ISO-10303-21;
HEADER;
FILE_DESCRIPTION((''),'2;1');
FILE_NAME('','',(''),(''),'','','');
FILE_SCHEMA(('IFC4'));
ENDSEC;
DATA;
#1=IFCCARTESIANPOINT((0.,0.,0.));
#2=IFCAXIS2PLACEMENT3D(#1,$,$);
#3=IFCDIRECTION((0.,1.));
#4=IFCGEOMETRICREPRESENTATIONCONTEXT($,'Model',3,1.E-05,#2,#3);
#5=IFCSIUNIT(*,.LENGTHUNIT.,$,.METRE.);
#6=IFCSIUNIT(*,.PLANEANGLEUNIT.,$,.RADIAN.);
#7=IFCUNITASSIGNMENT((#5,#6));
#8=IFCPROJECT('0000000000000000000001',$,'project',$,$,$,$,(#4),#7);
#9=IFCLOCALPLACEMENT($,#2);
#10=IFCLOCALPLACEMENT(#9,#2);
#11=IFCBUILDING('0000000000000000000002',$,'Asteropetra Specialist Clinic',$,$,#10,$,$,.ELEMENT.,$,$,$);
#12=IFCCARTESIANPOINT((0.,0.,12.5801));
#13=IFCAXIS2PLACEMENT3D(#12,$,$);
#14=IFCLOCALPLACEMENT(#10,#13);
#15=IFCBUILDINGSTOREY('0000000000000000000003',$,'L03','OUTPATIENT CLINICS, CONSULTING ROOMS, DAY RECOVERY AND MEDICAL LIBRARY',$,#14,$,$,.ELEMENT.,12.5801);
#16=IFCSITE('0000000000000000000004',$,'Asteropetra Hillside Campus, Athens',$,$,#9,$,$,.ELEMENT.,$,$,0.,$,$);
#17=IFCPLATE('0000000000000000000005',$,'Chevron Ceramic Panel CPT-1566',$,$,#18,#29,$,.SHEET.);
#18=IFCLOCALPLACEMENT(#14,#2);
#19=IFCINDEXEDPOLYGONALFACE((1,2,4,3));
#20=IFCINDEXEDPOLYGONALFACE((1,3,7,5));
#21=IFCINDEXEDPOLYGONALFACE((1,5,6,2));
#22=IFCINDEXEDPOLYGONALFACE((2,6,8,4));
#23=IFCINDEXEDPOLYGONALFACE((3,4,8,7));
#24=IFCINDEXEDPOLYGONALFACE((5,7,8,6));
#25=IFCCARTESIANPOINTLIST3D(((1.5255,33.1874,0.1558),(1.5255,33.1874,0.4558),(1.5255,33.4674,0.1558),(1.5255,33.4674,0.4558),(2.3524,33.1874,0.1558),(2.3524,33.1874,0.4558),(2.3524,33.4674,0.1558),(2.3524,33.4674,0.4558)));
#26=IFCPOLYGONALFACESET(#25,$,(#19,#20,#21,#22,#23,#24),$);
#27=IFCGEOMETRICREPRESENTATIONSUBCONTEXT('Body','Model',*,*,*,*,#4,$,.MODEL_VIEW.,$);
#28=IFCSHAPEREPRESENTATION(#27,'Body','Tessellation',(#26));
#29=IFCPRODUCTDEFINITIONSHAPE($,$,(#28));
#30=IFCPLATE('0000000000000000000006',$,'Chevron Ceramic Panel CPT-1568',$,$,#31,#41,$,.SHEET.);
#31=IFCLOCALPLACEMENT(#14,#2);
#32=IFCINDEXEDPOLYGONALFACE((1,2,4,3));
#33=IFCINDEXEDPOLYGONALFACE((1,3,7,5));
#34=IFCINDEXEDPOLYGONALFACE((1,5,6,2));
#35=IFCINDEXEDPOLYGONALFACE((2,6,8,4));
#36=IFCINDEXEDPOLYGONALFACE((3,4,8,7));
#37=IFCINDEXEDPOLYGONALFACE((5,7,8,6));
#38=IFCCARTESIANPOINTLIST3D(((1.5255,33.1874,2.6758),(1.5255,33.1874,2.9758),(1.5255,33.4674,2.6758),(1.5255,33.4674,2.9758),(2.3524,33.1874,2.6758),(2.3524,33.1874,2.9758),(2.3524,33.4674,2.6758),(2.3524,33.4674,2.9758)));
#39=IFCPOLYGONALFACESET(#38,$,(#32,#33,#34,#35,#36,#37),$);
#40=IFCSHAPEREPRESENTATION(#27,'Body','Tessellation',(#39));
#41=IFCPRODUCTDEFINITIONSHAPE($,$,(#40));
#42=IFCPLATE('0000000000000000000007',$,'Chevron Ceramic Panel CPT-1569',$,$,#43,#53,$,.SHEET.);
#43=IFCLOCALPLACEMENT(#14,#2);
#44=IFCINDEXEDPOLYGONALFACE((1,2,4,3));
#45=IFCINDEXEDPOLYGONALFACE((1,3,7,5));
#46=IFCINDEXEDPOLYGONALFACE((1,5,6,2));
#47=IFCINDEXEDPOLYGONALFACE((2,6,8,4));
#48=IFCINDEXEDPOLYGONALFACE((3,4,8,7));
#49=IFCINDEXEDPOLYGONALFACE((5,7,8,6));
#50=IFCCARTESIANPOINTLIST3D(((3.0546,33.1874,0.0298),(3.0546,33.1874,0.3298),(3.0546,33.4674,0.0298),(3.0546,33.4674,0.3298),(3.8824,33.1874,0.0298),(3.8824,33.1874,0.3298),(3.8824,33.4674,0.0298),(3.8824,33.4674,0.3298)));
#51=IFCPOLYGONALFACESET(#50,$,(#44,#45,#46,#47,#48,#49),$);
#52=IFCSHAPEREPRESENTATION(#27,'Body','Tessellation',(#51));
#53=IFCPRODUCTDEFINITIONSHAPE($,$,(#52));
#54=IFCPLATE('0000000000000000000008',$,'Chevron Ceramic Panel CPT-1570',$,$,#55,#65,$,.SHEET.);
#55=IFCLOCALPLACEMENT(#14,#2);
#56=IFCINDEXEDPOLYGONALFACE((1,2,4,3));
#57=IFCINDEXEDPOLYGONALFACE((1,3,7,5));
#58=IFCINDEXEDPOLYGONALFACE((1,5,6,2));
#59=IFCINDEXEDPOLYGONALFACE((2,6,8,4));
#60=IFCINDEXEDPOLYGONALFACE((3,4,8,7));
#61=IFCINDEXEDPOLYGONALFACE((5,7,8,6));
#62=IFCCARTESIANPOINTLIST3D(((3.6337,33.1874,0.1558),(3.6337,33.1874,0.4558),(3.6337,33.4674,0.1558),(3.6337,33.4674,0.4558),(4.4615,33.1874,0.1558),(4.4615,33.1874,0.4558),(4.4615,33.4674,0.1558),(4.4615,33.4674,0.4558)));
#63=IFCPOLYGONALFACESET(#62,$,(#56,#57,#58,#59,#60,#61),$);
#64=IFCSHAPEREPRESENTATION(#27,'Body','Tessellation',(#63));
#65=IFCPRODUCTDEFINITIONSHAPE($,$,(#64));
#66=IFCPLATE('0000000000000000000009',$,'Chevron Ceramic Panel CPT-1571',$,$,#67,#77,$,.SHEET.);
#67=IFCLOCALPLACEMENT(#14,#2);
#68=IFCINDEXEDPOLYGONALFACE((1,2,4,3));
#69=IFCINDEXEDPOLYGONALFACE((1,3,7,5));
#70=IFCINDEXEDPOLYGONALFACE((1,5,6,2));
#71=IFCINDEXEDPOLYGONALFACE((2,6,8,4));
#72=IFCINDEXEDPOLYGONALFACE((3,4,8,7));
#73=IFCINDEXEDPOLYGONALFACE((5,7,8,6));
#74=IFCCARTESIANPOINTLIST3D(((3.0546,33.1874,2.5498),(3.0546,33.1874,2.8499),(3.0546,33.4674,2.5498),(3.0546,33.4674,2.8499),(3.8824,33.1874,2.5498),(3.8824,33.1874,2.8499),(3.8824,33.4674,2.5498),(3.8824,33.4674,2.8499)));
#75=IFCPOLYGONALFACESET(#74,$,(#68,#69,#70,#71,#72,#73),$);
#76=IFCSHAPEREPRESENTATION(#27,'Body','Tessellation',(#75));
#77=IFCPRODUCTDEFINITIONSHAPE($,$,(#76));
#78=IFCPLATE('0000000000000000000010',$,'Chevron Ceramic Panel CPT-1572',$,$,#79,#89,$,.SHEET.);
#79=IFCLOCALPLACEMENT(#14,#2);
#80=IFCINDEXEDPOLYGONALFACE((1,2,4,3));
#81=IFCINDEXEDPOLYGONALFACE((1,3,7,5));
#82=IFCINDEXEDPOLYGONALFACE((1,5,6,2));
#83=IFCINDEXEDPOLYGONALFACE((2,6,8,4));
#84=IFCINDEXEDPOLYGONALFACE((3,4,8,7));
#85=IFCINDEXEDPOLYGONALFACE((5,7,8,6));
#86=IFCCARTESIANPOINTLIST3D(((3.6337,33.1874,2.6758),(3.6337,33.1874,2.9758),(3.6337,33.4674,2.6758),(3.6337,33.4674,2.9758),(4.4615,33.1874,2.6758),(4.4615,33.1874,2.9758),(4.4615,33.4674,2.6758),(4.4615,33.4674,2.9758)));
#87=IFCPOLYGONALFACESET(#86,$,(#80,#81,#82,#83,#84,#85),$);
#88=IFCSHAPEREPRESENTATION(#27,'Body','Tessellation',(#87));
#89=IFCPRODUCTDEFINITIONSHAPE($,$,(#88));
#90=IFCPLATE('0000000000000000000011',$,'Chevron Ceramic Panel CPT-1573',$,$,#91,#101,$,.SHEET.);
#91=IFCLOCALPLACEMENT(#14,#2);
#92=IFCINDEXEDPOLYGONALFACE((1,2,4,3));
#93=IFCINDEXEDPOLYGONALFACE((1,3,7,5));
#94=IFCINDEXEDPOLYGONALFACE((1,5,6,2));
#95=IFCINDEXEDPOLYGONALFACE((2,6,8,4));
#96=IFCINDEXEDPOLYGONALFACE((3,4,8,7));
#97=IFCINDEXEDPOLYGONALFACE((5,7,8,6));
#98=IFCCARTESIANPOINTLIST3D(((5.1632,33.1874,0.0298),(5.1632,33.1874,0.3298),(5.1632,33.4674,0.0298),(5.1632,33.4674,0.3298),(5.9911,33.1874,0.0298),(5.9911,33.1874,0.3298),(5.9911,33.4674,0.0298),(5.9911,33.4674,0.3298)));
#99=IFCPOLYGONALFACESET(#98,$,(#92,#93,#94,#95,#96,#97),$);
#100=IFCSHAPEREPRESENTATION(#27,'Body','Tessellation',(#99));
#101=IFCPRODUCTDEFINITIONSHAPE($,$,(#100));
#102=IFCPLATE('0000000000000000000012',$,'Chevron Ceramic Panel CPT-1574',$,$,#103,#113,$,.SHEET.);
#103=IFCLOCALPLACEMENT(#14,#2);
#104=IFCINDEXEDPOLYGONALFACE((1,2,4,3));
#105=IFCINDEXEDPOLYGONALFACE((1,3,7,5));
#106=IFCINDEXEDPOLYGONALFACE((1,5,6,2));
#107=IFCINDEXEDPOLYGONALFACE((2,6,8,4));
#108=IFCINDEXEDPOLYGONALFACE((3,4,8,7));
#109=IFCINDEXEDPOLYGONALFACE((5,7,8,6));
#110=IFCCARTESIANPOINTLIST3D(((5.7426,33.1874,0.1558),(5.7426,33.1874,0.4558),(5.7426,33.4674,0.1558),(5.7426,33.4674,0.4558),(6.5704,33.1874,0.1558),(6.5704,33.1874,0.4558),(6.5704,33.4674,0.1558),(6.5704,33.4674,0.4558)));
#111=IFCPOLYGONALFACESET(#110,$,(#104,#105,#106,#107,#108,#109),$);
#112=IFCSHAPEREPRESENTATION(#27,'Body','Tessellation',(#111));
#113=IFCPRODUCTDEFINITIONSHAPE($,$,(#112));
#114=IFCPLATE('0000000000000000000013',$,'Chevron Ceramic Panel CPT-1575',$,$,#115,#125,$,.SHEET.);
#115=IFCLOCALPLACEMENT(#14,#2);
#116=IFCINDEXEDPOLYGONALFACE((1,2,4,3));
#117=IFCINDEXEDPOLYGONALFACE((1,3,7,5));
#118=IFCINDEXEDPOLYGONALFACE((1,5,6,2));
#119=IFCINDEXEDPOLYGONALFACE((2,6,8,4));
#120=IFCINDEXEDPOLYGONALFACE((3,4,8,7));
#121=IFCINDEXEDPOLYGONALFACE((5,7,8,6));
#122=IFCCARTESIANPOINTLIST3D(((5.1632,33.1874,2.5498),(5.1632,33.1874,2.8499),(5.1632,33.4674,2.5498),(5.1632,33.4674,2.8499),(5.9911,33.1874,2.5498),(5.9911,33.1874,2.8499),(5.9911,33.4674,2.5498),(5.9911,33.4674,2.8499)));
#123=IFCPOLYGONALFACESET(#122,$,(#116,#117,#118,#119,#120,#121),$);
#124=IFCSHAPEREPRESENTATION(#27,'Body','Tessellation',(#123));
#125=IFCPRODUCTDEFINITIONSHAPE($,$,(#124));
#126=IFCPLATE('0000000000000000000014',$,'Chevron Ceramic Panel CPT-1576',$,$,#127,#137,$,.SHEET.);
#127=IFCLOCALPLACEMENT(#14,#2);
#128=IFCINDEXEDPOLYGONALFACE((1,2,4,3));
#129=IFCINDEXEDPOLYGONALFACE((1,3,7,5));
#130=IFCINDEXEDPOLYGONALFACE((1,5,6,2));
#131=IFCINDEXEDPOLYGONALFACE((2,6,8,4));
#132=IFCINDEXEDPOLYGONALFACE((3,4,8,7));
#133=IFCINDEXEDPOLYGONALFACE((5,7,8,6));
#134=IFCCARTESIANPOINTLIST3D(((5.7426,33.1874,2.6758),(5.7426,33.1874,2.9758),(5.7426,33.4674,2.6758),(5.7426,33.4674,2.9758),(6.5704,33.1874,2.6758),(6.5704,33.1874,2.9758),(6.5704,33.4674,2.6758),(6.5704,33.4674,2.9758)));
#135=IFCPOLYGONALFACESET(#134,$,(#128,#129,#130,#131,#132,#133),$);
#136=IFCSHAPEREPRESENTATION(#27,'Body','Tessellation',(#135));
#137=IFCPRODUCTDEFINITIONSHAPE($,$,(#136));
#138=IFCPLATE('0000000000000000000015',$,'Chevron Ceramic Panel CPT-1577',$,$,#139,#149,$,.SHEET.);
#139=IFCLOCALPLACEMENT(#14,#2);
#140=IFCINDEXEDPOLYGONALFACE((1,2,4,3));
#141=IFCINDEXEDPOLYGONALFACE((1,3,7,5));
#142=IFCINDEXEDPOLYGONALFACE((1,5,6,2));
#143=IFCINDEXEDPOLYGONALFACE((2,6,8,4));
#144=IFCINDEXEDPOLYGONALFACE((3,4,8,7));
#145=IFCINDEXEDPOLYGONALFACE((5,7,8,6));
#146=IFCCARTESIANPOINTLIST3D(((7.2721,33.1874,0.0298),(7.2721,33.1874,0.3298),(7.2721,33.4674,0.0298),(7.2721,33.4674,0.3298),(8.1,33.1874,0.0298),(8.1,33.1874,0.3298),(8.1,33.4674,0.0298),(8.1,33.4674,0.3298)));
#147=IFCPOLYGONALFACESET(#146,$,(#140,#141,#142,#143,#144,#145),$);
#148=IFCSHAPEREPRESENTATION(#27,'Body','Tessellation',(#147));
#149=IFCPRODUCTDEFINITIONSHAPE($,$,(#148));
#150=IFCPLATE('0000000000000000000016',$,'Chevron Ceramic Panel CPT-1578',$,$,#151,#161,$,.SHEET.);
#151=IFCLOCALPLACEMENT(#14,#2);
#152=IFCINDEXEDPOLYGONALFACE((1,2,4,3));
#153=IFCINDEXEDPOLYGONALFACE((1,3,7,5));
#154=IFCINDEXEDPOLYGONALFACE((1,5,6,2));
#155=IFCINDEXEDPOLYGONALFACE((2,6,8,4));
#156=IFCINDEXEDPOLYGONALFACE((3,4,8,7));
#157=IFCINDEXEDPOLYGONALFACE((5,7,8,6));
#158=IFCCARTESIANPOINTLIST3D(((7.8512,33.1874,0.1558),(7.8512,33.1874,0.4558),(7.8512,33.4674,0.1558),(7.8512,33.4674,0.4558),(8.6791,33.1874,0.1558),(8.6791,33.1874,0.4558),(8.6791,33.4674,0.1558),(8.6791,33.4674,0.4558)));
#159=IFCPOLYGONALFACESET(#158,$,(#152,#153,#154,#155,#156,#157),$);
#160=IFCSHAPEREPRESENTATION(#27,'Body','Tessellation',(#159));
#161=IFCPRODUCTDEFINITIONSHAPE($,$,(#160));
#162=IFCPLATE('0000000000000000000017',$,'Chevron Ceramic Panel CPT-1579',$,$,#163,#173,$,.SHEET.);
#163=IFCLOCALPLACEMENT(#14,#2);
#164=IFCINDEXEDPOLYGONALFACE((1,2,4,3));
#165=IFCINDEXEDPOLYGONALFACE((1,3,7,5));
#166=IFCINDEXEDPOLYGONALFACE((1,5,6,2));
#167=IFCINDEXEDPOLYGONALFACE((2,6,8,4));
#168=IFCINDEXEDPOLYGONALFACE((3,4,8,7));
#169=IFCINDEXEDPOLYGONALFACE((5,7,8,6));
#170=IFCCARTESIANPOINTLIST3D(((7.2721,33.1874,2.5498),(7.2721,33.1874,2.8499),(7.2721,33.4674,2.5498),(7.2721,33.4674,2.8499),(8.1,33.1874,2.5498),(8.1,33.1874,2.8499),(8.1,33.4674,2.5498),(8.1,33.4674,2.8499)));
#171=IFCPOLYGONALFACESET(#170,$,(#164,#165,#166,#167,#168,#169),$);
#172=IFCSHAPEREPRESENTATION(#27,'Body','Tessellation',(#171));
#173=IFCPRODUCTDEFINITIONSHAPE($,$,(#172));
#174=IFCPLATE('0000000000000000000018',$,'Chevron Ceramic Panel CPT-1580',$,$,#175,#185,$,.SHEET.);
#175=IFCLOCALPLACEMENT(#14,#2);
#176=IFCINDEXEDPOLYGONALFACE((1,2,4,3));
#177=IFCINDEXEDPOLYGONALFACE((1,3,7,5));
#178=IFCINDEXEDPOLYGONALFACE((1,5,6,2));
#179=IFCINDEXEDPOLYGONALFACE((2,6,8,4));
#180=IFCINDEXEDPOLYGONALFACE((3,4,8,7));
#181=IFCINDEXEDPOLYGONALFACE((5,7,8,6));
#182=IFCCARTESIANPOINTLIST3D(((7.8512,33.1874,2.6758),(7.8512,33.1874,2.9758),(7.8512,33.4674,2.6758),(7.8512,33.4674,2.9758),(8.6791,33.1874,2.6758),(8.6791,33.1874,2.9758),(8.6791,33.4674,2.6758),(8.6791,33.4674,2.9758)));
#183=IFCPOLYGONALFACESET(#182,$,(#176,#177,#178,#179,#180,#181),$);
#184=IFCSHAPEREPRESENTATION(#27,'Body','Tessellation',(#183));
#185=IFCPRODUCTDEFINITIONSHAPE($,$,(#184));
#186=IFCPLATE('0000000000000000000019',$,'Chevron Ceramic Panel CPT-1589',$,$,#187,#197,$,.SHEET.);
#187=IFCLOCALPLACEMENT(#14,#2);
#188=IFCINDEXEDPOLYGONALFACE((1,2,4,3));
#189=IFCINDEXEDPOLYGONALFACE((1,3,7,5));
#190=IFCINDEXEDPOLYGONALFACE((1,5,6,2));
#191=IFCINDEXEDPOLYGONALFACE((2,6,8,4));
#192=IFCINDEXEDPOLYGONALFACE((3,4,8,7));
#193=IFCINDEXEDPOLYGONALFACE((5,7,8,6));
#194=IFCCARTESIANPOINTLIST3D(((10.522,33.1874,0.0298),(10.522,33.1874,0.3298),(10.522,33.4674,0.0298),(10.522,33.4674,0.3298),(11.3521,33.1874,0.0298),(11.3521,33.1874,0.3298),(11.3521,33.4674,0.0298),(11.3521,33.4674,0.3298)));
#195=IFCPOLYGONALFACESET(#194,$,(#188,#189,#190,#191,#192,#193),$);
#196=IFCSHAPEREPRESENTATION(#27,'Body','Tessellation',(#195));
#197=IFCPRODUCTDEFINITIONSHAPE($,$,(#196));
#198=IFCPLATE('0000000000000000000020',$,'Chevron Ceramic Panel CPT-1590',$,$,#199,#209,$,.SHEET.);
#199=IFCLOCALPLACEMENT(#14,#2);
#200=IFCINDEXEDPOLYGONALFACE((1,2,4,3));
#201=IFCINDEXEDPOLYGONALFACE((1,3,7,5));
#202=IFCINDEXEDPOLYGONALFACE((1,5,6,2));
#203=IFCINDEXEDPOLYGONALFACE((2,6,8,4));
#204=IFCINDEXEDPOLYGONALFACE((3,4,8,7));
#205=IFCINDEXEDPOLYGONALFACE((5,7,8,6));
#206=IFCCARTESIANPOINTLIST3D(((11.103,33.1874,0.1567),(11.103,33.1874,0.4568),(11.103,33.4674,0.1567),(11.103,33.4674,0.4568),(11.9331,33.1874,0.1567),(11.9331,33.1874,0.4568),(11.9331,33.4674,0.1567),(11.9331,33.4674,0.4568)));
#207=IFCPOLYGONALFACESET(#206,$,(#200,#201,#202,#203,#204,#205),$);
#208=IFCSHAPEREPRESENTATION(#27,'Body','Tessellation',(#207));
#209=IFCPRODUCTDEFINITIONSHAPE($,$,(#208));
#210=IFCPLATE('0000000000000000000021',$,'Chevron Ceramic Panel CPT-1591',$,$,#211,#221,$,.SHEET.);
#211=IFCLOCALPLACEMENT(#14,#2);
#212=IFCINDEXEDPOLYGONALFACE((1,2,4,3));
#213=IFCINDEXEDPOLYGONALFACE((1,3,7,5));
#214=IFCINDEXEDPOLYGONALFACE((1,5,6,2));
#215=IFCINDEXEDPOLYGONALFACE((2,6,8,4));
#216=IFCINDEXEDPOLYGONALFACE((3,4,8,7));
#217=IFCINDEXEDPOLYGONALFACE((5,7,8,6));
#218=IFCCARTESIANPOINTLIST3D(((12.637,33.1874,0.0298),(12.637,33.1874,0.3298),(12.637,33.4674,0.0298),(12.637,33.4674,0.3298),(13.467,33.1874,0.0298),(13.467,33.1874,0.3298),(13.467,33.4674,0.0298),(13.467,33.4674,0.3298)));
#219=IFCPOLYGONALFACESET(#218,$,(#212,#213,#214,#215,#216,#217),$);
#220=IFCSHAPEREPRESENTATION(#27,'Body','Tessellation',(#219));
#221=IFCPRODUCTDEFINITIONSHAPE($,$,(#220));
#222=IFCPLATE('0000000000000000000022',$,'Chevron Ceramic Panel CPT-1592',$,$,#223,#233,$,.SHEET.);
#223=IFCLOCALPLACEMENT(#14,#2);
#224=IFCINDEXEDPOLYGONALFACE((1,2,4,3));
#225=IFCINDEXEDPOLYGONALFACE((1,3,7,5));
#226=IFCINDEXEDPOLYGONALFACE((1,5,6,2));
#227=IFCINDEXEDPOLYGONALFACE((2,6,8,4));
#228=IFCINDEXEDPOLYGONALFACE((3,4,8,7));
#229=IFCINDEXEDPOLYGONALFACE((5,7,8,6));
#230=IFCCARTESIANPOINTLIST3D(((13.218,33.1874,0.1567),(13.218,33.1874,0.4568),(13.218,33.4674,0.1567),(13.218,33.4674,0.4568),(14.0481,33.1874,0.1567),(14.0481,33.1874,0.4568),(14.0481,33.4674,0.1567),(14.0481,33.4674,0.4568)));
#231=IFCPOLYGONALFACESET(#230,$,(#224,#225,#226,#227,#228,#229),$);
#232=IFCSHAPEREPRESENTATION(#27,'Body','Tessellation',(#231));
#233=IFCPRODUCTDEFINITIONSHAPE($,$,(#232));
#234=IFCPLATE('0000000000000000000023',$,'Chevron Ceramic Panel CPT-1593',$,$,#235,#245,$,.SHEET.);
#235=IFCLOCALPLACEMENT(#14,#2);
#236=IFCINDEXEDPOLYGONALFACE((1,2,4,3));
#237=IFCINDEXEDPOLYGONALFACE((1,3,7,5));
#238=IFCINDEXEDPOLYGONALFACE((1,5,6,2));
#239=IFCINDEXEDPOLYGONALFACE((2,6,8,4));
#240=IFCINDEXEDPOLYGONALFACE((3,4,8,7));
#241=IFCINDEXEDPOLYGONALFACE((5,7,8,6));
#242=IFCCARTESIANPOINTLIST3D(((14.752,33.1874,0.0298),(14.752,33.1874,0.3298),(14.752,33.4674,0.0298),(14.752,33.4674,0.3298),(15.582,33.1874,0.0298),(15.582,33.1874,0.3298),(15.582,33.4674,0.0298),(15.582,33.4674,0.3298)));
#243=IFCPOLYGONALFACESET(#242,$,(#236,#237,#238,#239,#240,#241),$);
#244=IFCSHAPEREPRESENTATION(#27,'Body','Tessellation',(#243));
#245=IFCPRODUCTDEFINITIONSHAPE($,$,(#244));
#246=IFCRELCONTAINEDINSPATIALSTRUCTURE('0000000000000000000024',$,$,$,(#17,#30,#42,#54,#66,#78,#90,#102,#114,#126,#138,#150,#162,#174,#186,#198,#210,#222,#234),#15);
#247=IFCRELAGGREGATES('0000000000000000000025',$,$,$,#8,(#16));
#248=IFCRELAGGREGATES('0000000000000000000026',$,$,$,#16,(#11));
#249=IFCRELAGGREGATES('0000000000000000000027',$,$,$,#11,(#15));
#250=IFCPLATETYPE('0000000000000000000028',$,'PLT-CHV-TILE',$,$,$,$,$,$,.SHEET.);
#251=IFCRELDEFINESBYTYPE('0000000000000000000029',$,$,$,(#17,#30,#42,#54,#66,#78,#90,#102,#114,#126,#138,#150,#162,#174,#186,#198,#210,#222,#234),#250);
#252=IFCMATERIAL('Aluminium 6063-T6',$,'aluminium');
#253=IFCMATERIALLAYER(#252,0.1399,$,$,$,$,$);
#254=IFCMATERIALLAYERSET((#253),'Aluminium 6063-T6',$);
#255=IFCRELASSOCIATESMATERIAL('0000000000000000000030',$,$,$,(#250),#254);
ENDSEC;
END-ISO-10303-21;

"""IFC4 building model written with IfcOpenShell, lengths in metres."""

from ifc_helpers import new_model, si_unit, direction, frame, origin, origin_2d, place, context, subcontext, project, spatial, rectangle, extrude, material, layer, layer_set, type_object, element, save


model = new_model("IFC4")

# Units and contexts
model_context = context("Model", 3, precision=1e-05, world=origin(), true_north=direction((0.0, 1.0)))
body_context = subcontext(model_context, "Body", "Model", "MODEL_VIEW")
ifc_project = project(units=[si_unit("LENGTHUNIT", "METRE"), si_unit("PLANEANGLEUNIT", "RADIAN")], contexts=[model_context])

# Site, building, storey
site_placement = place(None, origin())
site = spatial("IfcSite", under=ifc_project, at=site_placement, Name="Asteropetra Hillside Campus, Athens", CompositionType="ELEMENT", RefElevation=0.0)
building_placement = place(site_placement, origin())
building = spatial("IfcBuilding", under=site, at=building_placement, Name="Asteropetra Specialist Clinic", CompositionType="ELEMENT")
storey_placement = place(building_placement, frame((0.0, 0.0, 12.5801)))
storey = spatial("IfcBuildingStorey", under=building, at=storey_placement, Name="L03", Description="OUTPATIENT CLINICS, CONSULTING ROOMS, DAY RECOVERY AND MEDICAL LIBRARY", CompositionType="ELEMENT", Elevation=12.5801)

# Plates
ifc_material_1 = material(Name="Aluminium 6063-T6", Category="aluminium")
ifc_layer_1 = layer(ifc_material_1, 0.1399)
ifc_layer_set_1 = layer_set([ifc_layer_1], Name="Aluminium 6063-T6")
plate_type = type_object("IfcPlateType", Name="PLT-CHV-TILE", PredefinedType="SHEET", material=ifc_layer_set_1)
for number, where, z_axis, x_axis, name in (
    (1, (1.939, 33.3274, 0.1558), (0.0, 0.0, 1.0), (1.0, 0.0, 0.0), "Chevron Ceramic Panel CPT-1566"),
    (2, (1.939, 33.3274, 2.6758), (0.0, 0.0, 1.0), (1.0, 0.0, 0.0), "Chevron Ceramic Panel CPT-1568"),
):
    element("IfcPlate", number, at=place(storey_placement, frame(where, z_axis=z_axis, x_axis=x_axis)), inside=storey, type_object=plate_type, Name=name, PredefinedType="SHEET", context=body_context, shape_type="SweptSolid", body=[
        extrude(rectangle(XDim=0.8269, YDim=0.28, at=origin_2d()), origin(), (0.0, 0.0, 1.0), 0.3),
    ])
for number, where, z_axis, x_axis, name in (
    (3, (3.4685, 33.3274, 0.0298), (0.0, 0.0, 1.0), (1.0, 0.0, 0.0), "Chevron Ceramic Panel CPT-1569"),
    (4, (4.0476, 33.3274, 0.1558), (0.0, 0.0, 1.0), (1.0, 0.0, 0.0), "Chevron Ceramic Panel CPT-1570"),
    (5, (3.4685, 33.3274, 2.5498), (0.0, 0.0, 1.0), (1.0, 0.0, 0.0), "Chevron Ceramic Panel CPT-1571"),
    (6, (4.0476, 33.3274, 2.6758), (0.0, 0.0, 1.0), (1.0, 0.0, 0.0), "Chevron Ceramic Panel CPT-1572"),
    (7, (5.5771, 33.3274, 0.0298), (0.0, 0.0, 1.0), (1.0, 0.0, 0.0), "Chevron Ceramic Panel CPT-1573"),
    (8, (6.1565, 33.3274, 0.1558), (0.0, 0.0, 1.0), (1.0, 0.0, 0.0), "Chevron Ceramic Panel CPT-1574"),
    (9, (5.5771, 33.3274, 2.5498), (0.0, 0.0, 1.0), (1.0, 0.0, 0.0), "Chevron Ceramic Panel CPT-1575"),
    (10, (6.1565, 33.3274, 2.6758), (0.0, 0.0, 1.0), (1.0, 0.0, 0.0), "Chevron Ceramic Panel CPT-1576"),
    (11, (7.686, 33.3274, 0.0298), (0.0, 0.0, 1.0), (1.0, 0.0, 0.0), "Chevron Ceramic Panel CPT-1577"),
    (12, (8.2651, 33.3274, 0.1558), (0.0, 0.0, 1.0), (1.0, 0.0, 0.0), "Chevron Ceramic Panel CPT-1578"),
    (13, (7.686, 33.3274, 2.5498), (0.0, 0.0, 1.0), (1.0, 0.0, 0.0), "Chevron Ceramic Panel CPT-1579"),
    (14, (8.2651, 33.3274, 2.6758), (0.0, 0.0, 1.0), (1.0, 0.0, 0.0), "Chevron Ceramic Panel CPT-1580"),
):
    element("IfcPlate", number, at=place(storey_placement, frame(where, z_axis=z_axis, x_axis=x_axis)), inside=storey, type_object=plate_type, Name=name, PredefinedType="SHEET", context=body_context, shape_type="SweptSolid", body=[
        extrude(rectangle(XDim=0.8279, YDim=0.28, at=origin_2d()), origin(), (0.0, 0.0, 1.0), 0.3),
    ])
for number, where, z_axis, x_axis, name in (
    (15, (10.937, 33.3274, 0.0298), (0.0, 0.0, 1.0), (1.0, 0.0, 0.0), "Chevron Ceramic Panel CPT-1589"),
    (16, (11.5181, 33.3274, 0.1567), (0.0, 0.0, 1.0), (1.0, 0.0, 0.0), "Chevron Ceramic Panel CPT-1590"),
    (17, (13.052, 33.3274, 0.0298), (0.0, 0.0, 1.0), (1.0, 0.0, 0.0), "Chevron Ceramic Panel CPT-1591"),
    (18, (13.6331, 33.3274, 0.1567), (0.0, 0.0, 1.0), (1.0, 0.0, 0.0), "Chevron Ceramic Panel CPT-1592"),
    (19, (15.167, 33.3274, 0.0298), (0.0, 0.0, 1.0), (1.0, 0.0, 0.0), "Chevron Ceramic Panel CPT-1593"),
):
    element("IfcPlate", number, at=place(storey_placement, frame(where, z_axis=z_axis, x_axis=x_axis)), inside=storey, type_object=plate_type, Name=name, PredefinedType="SHEET", context=body_context, shape_type="SweptSolid", body=[
        extrude(rectangle(XDim=0.8301, YDim=0.28, at=origin_2d()), origin(), (0.0, 0.0, 1.0), 0.3),
    ])

save(model, "model.ifc")
